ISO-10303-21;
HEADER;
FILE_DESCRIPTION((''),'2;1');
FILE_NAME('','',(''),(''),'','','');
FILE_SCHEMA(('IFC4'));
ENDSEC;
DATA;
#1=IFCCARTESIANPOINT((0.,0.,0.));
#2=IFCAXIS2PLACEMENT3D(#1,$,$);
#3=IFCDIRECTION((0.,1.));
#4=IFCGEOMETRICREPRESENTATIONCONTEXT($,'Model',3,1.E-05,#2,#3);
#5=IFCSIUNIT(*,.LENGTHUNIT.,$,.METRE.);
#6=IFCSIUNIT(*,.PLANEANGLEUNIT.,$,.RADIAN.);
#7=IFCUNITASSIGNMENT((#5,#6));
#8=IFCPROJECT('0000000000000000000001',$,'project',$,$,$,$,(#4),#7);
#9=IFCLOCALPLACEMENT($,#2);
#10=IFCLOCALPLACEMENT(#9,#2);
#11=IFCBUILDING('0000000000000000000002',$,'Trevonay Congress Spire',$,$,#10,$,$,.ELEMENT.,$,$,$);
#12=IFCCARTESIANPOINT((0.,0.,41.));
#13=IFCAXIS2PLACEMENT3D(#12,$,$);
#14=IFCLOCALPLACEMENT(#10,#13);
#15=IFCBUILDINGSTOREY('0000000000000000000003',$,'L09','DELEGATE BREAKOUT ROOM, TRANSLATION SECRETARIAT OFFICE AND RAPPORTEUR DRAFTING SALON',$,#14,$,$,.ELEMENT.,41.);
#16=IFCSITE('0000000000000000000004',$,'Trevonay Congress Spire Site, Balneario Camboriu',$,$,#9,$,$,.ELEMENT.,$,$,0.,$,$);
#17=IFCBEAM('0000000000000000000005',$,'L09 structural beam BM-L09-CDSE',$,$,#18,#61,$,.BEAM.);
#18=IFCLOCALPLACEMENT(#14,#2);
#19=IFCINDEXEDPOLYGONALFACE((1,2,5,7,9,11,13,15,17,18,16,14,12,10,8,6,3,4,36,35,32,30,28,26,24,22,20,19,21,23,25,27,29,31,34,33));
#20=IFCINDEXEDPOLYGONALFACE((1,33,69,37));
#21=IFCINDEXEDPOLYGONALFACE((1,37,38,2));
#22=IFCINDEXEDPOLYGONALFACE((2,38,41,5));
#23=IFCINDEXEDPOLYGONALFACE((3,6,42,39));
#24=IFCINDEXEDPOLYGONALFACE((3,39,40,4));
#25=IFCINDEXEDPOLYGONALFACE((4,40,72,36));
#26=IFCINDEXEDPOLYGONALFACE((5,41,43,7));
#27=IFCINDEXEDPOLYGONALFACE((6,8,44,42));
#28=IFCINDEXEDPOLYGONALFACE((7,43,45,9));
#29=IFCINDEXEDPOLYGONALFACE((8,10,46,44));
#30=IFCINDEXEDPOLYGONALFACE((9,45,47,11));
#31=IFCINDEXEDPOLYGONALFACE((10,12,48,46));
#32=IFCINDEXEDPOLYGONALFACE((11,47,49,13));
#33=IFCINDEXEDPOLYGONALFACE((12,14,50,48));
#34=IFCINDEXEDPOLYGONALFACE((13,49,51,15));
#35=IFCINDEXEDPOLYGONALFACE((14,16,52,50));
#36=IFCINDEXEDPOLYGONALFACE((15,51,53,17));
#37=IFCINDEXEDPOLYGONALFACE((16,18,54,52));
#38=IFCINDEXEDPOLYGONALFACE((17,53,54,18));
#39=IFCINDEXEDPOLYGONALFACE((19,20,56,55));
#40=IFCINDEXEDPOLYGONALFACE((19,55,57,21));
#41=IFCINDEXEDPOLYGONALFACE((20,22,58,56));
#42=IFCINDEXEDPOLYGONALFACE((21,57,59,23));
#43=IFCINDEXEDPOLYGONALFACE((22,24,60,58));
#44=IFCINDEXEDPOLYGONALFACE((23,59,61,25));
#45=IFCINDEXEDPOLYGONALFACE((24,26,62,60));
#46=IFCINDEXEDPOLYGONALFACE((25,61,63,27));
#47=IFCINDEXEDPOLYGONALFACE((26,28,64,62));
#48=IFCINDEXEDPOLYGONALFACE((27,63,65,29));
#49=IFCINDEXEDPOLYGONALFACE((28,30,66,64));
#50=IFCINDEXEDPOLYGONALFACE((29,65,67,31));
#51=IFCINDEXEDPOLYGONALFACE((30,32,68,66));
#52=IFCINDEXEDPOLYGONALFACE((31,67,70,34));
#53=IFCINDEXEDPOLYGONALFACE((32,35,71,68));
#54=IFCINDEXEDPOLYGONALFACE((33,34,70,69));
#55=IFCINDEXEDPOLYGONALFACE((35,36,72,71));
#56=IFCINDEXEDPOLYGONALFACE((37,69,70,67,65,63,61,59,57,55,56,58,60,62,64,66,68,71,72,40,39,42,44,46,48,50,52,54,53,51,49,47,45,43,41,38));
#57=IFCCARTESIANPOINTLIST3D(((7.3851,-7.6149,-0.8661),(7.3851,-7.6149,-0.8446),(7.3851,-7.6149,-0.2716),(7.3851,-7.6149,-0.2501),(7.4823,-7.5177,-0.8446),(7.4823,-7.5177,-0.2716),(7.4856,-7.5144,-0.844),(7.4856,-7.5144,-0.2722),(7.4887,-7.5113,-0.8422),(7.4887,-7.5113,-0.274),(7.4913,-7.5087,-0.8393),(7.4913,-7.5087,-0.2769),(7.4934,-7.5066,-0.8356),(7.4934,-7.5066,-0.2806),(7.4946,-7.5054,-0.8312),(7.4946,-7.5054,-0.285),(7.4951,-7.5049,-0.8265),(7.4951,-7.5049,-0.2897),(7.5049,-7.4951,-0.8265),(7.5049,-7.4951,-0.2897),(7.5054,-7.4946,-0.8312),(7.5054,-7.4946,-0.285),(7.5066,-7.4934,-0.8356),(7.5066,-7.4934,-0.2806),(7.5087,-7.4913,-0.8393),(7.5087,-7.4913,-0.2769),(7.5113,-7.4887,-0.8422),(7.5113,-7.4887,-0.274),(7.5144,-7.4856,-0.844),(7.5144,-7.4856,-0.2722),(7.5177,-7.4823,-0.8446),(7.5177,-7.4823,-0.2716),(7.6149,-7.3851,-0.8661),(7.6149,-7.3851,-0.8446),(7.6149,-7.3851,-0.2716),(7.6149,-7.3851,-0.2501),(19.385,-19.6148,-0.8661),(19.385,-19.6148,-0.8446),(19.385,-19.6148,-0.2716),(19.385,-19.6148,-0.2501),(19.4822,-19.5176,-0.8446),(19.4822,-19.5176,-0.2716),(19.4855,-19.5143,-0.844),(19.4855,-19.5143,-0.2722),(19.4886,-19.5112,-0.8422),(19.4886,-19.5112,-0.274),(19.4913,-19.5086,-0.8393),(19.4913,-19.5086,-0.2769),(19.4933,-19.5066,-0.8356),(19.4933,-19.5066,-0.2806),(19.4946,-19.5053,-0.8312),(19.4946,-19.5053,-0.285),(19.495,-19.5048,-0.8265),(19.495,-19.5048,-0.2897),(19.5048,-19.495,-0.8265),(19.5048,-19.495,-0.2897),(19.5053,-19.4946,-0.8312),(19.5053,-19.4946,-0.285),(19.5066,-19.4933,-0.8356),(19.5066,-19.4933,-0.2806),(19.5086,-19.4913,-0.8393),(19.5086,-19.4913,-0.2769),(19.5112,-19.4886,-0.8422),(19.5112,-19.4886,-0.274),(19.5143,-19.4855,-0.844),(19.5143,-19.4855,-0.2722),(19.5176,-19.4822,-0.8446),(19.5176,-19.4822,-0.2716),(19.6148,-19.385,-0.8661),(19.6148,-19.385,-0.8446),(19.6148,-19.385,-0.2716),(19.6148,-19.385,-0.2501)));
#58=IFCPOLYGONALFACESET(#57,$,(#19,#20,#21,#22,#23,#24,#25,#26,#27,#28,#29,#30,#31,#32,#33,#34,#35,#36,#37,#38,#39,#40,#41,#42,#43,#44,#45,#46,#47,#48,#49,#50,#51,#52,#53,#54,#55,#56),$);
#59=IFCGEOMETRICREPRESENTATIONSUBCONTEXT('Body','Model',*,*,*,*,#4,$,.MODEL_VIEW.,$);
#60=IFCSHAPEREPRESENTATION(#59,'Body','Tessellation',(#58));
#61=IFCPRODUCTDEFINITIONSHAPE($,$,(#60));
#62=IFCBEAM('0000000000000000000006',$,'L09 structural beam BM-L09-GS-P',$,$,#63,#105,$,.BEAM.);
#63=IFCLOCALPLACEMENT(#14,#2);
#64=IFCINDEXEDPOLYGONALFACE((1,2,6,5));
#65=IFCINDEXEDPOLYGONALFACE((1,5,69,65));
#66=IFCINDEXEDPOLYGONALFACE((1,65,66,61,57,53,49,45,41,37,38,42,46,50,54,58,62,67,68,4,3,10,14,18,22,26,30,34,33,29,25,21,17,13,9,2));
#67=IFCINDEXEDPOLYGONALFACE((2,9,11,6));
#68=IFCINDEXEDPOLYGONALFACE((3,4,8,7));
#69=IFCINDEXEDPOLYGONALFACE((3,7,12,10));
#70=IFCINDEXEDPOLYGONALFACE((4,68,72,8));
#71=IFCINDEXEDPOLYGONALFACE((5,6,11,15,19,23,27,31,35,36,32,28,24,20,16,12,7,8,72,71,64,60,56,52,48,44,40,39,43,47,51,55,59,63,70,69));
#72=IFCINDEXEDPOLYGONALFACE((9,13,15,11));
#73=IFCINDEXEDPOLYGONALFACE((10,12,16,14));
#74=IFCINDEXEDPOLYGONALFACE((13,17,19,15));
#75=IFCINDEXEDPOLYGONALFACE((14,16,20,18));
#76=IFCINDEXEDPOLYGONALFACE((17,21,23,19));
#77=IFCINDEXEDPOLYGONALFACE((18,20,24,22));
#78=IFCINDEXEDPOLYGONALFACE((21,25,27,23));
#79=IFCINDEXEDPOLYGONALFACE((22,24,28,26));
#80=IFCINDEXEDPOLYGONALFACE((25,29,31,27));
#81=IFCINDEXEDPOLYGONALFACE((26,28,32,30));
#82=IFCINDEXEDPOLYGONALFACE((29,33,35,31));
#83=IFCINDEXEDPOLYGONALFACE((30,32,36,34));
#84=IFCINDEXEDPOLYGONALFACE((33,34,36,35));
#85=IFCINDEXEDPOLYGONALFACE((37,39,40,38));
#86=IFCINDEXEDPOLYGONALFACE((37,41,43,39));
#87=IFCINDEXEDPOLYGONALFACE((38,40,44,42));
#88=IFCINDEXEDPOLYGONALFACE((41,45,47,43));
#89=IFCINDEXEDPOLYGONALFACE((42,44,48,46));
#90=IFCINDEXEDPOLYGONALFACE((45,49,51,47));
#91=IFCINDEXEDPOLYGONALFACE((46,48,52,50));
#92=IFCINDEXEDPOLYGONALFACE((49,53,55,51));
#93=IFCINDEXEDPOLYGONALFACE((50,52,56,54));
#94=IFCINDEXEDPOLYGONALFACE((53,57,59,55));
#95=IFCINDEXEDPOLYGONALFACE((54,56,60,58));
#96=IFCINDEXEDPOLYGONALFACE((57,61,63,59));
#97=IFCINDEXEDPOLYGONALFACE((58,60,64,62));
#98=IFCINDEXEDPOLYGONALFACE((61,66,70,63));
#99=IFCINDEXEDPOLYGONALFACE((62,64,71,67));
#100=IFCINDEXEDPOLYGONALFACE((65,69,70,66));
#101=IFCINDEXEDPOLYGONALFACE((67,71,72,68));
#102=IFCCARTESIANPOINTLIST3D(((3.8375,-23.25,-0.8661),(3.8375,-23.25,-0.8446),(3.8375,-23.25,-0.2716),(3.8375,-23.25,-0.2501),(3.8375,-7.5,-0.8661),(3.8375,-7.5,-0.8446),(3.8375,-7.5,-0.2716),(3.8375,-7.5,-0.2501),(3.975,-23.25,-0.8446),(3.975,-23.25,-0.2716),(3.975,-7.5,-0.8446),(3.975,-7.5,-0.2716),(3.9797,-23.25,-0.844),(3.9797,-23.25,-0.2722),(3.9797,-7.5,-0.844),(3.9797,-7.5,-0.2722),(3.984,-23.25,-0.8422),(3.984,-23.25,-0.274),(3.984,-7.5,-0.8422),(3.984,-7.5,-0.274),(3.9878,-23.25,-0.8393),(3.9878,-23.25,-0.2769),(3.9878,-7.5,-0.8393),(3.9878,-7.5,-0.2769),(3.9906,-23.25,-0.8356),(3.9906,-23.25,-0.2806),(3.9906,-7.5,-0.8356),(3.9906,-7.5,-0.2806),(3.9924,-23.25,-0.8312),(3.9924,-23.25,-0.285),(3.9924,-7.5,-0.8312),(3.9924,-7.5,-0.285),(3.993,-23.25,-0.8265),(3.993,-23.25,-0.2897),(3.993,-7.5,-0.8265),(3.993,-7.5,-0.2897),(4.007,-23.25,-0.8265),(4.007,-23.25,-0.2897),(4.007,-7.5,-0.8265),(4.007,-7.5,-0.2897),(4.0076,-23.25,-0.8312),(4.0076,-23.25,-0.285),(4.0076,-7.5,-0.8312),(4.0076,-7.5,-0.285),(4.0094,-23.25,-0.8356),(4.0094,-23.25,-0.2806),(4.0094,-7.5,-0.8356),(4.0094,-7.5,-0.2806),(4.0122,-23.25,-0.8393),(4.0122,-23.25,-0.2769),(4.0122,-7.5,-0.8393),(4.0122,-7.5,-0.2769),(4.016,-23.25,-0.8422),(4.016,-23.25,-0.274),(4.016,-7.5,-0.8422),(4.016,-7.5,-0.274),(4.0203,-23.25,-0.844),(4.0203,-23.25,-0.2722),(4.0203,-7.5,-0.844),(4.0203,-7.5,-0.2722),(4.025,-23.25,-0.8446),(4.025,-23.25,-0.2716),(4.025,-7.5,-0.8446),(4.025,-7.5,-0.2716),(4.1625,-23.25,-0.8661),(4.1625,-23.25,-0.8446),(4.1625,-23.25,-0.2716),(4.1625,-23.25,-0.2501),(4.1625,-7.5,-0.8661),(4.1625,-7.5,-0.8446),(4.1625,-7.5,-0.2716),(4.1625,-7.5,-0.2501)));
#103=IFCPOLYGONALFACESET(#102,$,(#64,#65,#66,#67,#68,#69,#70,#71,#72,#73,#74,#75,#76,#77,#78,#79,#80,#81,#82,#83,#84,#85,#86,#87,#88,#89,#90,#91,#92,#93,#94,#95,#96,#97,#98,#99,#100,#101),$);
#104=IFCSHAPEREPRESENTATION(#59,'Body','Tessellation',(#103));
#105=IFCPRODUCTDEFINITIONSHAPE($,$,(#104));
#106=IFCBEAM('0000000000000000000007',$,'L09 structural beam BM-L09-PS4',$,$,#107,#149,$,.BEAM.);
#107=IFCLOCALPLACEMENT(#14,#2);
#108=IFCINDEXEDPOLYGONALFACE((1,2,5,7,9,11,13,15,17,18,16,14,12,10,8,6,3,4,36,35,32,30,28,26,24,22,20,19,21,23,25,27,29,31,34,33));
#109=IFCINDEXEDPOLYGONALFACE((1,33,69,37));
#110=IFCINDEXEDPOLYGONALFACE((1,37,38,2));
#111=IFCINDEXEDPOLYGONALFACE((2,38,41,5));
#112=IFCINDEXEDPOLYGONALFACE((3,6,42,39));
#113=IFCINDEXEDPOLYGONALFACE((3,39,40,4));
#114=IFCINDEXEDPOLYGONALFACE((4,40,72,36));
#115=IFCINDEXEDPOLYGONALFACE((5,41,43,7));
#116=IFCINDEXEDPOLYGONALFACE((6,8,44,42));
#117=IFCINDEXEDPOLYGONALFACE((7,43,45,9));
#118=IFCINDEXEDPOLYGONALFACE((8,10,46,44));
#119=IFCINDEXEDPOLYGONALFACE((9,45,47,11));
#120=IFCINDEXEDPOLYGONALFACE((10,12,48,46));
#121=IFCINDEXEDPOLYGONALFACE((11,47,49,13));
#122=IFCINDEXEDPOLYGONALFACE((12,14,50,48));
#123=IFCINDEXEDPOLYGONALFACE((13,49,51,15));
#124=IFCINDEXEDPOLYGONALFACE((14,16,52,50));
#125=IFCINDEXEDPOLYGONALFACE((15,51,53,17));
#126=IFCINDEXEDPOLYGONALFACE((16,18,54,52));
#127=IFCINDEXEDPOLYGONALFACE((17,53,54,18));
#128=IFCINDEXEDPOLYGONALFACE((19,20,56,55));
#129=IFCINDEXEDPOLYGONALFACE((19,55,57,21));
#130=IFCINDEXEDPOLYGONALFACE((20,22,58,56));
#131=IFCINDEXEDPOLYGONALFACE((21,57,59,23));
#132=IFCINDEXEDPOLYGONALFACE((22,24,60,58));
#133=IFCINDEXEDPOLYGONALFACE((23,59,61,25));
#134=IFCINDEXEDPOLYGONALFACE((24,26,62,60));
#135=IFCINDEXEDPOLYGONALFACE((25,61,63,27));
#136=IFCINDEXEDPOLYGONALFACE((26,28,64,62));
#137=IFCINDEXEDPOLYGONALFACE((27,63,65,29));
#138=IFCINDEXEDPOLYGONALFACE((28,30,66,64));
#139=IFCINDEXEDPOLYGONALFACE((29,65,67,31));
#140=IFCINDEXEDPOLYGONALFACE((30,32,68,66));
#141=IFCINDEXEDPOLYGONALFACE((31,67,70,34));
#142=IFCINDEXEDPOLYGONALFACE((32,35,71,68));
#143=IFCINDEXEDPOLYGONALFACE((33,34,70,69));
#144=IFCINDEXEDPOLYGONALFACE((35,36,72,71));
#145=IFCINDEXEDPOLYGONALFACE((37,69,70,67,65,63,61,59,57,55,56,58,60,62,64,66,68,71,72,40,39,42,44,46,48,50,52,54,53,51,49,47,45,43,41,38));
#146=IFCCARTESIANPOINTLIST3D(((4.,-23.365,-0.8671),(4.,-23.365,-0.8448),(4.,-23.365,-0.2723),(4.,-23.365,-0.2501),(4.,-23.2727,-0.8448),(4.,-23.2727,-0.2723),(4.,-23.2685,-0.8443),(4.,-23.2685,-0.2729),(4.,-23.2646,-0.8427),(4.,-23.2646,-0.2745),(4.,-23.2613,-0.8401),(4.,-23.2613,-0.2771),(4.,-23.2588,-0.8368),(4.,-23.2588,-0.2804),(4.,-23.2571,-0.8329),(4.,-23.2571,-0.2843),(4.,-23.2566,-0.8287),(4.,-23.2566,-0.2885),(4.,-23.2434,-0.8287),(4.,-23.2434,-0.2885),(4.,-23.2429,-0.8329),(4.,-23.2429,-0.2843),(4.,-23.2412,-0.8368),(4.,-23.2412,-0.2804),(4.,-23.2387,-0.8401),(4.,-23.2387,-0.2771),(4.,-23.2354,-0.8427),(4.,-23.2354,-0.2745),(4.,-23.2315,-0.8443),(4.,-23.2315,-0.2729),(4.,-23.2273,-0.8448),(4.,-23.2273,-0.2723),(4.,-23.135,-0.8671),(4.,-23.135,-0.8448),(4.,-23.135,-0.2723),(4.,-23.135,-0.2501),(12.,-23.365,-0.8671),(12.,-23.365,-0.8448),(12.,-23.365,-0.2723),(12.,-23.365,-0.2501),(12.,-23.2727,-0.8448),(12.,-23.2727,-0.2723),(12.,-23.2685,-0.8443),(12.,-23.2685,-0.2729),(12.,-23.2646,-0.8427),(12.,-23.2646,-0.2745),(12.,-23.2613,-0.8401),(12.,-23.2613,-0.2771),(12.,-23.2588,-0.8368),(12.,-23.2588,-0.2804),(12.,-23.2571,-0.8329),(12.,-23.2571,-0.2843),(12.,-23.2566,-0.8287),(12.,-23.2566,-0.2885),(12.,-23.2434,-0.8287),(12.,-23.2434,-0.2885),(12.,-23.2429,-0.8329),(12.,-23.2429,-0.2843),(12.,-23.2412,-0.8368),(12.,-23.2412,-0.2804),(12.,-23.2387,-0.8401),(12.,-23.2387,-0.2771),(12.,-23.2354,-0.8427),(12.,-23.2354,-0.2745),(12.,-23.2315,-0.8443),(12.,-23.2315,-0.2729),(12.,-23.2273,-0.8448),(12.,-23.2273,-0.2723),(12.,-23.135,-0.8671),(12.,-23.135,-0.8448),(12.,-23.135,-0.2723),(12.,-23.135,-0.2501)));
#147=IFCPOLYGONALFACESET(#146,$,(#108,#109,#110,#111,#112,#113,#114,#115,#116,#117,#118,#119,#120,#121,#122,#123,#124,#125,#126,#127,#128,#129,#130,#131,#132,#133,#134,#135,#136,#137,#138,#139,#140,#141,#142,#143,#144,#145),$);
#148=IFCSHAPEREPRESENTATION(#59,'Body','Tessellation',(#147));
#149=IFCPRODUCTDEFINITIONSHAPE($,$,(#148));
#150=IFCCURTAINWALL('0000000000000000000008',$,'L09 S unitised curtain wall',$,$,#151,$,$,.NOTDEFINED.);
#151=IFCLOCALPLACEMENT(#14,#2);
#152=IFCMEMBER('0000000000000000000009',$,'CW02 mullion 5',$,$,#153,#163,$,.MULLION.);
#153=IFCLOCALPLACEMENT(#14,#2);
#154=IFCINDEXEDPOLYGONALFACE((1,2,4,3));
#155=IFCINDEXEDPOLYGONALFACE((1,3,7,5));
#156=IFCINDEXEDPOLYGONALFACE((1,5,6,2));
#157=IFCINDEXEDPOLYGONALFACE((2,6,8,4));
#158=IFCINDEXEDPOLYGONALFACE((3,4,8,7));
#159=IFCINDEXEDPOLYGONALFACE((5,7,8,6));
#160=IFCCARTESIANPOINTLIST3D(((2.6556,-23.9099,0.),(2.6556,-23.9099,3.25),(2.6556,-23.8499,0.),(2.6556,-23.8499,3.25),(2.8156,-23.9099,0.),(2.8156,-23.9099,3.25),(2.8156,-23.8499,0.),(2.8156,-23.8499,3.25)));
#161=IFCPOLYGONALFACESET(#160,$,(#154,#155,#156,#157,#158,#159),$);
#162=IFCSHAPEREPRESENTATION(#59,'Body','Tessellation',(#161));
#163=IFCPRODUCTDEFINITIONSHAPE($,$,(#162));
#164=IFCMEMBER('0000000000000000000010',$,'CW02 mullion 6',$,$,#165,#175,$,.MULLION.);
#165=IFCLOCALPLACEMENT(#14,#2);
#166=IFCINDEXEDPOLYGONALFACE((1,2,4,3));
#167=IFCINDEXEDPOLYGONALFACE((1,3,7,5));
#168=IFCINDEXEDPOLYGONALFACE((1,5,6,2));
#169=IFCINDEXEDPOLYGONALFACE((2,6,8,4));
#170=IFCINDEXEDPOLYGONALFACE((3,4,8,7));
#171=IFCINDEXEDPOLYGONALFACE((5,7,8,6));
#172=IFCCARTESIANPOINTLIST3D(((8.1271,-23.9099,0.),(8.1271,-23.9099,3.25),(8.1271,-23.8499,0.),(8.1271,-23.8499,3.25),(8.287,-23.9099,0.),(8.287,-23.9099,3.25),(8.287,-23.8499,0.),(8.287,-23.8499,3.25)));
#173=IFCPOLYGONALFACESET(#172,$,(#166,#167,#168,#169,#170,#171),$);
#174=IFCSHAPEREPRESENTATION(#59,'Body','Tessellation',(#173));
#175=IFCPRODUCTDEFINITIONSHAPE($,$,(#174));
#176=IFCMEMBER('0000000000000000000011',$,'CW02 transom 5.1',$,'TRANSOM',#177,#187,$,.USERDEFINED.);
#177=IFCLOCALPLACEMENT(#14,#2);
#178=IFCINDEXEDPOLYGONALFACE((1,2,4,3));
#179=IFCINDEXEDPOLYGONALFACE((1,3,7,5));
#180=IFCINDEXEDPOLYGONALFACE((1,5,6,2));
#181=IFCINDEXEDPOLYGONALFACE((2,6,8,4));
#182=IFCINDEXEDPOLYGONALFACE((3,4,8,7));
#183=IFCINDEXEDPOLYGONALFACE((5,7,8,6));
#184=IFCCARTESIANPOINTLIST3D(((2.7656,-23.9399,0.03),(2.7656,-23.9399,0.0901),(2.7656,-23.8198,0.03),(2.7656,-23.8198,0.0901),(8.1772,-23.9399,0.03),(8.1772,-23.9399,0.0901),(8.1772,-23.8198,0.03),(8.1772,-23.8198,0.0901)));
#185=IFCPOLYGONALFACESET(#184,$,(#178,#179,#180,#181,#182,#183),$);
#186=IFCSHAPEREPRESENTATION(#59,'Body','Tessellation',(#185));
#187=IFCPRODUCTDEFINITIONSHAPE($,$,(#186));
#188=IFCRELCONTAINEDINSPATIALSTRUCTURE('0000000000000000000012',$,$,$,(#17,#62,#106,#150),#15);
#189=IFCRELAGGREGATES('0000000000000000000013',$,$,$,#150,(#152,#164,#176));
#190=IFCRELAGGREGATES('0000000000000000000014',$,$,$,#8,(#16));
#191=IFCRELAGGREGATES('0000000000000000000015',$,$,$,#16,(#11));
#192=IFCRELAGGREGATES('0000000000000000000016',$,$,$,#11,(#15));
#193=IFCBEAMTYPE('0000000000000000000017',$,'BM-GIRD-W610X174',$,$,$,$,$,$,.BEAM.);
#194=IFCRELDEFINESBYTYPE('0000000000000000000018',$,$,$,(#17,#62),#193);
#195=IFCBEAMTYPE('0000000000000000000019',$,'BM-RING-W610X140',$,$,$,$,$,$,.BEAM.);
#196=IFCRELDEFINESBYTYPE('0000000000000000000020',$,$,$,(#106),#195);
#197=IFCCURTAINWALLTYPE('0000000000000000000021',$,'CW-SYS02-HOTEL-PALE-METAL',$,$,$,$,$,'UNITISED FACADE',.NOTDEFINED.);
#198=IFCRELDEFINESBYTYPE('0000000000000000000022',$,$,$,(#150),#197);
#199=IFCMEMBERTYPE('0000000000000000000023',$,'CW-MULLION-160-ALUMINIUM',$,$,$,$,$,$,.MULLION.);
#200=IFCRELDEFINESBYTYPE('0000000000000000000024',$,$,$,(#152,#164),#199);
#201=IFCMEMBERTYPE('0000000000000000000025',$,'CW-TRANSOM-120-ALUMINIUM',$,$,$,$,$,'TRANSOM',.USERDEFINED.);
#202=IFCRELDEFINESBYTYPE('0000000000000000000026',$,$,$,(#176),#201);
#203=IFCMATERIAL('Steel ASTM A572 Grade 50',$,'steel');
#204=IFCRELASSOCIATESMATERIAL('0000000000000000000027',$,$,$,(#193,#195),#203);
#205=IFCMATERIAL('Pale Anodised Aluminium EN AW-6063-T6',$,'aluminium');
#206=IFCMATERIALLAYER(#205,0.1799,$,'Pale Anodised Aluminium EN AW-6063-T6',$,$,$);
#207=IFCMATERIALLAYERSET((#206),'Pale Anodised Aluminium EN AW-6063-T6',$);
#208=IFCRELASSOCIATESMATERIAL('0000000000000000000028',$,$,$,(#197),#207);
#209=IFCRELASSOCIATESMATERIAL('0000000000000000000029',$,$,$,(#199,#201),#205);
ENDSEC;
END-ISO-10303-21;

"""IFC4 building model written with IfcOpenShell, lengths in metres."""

from ifc_helpers import new_model, si_unit, direction, frame, origin, origin_2d, place, context, subcontext, project, spatial, rectangle, i_section, extrude, material, layer, layer_set, material_profile, profile_set, type_object, element, aggregate, save


model = new_model("IFC4")

# Units and contexts
model_context = context("Model", 3, precision=1e-05, world=origin(), true_north=direction((0.0, 1.0)))
body_context = subcontext(model_context, "Body", "Model", "MODEL_VIEW")
ifc_project = project(units=[si_unit("LENGTHUNIT", "METRE"), si_unit("PLANEANGLEUNIT", "RADIAN")], contexts=[model_context])

# Site, building, storey
site_placement = place(None, origin())
site = spatial("IfcSite", under=ifc_project, at=site_placement, Name="Trevonay Congress Spire Site, Balneario Camboriu", CompositionType="ELEMENT", RefElevation=0.0)
building_placement = place(site_placement, origin())
building = spatial("IfcBuilding", under=site, at=building_placement, Name="Trevonay Congress Spire", CompositionType="ELEMENT")
storey_placement = place(building_placement, frame((0.0, 0.0, 41.0)))
storey = spatial("IfcBuildingStorey", under=building, at=storey_placement, Name="L09", Description="DELEGATE BREAKOUT ROOM, TRANSLATION SECRETARIAT OFFICE AND RAPPORTEUR DRAFTING SALON", CompositionType="ELEMENT", Elevation=41.0)

# Shared definitions
ifc_material_1 = material(Name="Steel ASTM A572 Grade 50", Category="steel")

# Beams
ifc_material_profile_1 = material_profile(ifc_material_1, i_section(OverallWidth=0.325, OverallDepth=0.616, WebThickness=0.0139, FlangeThickness=0.0215, FilletRadius=0.0181, at=origin_2d()), Name="W610x174")
ifc_profile_set_1 = profile_set([ifc_material_profile_1], Name="Steel ASTM A572 Grade 50")
beam_type_1 = type_object("IfcBeamType", Name="BM-GIRD-W610X174", PredefinedType="BEAM", material=ifc_profile_set_1)
beam_1_placement = place(storey_placement, frame((7.5, -7.5, -0.5581), z_axis=(0.707107, -0.707107, 0.0), x_axis=(0.707107, 0.707107, 0.0)))
element("IfcBeam", 1, at=beam_1_placement, inside=storey, type_object=beam_type_1, Name="L09 structural beam BM-L09-CDSE", PredefinedType="BEAM", context=body_context, shape_type="SweptSolid", body=[
    extrude(i_section(OverallWidth=0.325, OverallDepth=0.616, WebThickness=0.0139, FlangeThickness=0.0215, FilletRadius=0.0181, at=origin_2d()), origin(), (0.0, 0.0, 1.0), 16.9705),
])
beam_2_placement = place(storey_placement, frame((4.0, -7.5, -0.5581), z_axis=(0.0, -1.0, 0.0), x_axis=(1.0, 0.0, 0.0)))
element("IfcBeam", 2, at=beam_2_placement, inside=storey, type_object=beam_type_1, Name="L09 structural beam BM-L09-GS-P", PredefinedType="BEAM", context=body_context, shape_type="SweptSolid", body=[
    extrude(i_section(OverallWidth=0.325, OverallDepth=0.616, WebThickness=0.0139, FlangeThickness=0.0215, FilletRadius=0.0181, at=origin_2d()), origin(), (0.0, 0.0, 1.0), 15.75),
])
ifc_material_profile_2 = material_profile(ifc_material_1, i_section(OverallWidth=0.23, OverallDepth=0.6169, WebThickness=0.0132, FlangeThickness=0.0222, FilletRadius=0.0161, at=origin_2d()), Name="W610x140")
ifc_profile_set_2 = profile_set([ifc_material_profile_2], Name="Steel ASTM A572 Grade 50")
beam_type_2 = type_object("IfcBeamType", Name="BM-RING-W610X140", PredefinedType="BEAM", material=ifc_profile_set_2)
beam_3_placement = place(storey_placement, frame((4.0, -23.25, -0.5586), z_axis=(1.0, 0.0, 0.0), x_axis=(0.0, 1.0, 0.0)))
element("IfcBeam", 3, at=beam_3_placement, inside=storey, type_object=beam_type_2, Name="L09 structural beam BM-L09-PS4", PredefinedType="BEAM", context=body_context, shape_type="SweptSolid", body=[
    extrude(i_section(OverallWidth=0.23, OverallDepth=0.6169, WebThickness=0.0132, FlangeThickness=0.0222, FilletRadius=0.0161, at=origin_2d()), origin(), (0.0, 0.0, 1.0), 8.0),
])

# Curtain wall, members
ifc_material_2 = material(Name="Pale Anodised Aluminium EN AW-6063-T6", Category="aluminium")
ifc_layer_1 = layer(ifc_material_2, 0.1799, Name="Pale Anodised Aluminium EN AW-6063-T6")
ifc_layer_set_1 = layer_set([ifc_layer_1], Name="Pale Anodised Aluminium EN AW-6063-T6")
curtain_wall_type = type_object("IfcCurtainWallType", Name="CW-SYS02-HOTEL-PALE-METAL", ElementType="UNITISED FACADE", PredefinedType="NOTDEFINED", material=ifc_layer_set_1)
curtain_wall_placement = place(storey_placement, origin())
curtain_wall = element("IfcCurtainWall", 4, at=curtain_wall_placement, inside=storey, type_object=curtain_wall_type, Name="L09 S unitised curtain wall", PredefinedType="NOTDEFINED")
ifc_material_profile_3 = material_profile(ifc_material_2, rectangle(XDim=0.0601, YDim=0.1599, at=origin_2d()), Name="CW-MULLION-160-ALUMINIUM")
ifc_profile_set_3 = profile_set([ifc_material_profile_3], Name="Pale Anodised Aluminium EN AW-6063-T6")
member_type_1 = type_object("IfcMemberType", Name="CW-MULLION-160-ALUMINIUM", PredefinedType="MULLION", material=ifc_profile_set_3)
member_1_placement = place(storey_placement, frame((2.7356, -23.8799, 0.0), z_axis=(0.0, 0.0, 1.0), x_axis=(0.0, 1.0, 0.0)))
member_1 = element("IfcMember", 5, at=member_1_placement, type_object=member_type_1, Name="CW02 mullion 5", PredefinedType="MULLION", context=body_context, shape_type="SweptSolid", body=[
    extrude(rectangle(XDim=0.0601, YDim=0.1599, at=origin_2d()), origin(), (0.0, 0.0, 1.0), 3.25),
])
member_2_placement = place(storey_placement, frame((8.207, -23.8799, 0.0), z_axis=(0.0, 0.0, 1.0), x_axis=(0.0, 1.0, 0.0)))
member_2 = element("IfcMember", 6, at=member_2_placement, type_object=member_type_1, Name="CW02 mullion 6", PredefinedType="MULLION", context=body_context, shape_type="SweptSolid", body=[
    extrude(rectangle(XDim=0.0601, YDim=0.1599, at=origin_2d()), origin(), (0.0, 0.0, 1.0), 3.25),
])
ifc_material_profile_4 = material_profile(ifc_material_2, rectangle(XDim=0.1201, YDim=0.0601, at=origin_2d()), Name="CW-TRANSOM-120-ALUMINIUM")
ifc_profile_set_4 = profile_set([ifc_material_profile_4], Name="Pale Anodised Aluminium EN AW-6063-T6")
member_type_2 = type_object("IfcMemberType", Name="CW-TRANSOM-120-ALUMINIUM", ElementType="TRANSOM", PredefinedType="USERDEFINED", material=ifc_profile_set_4)
member_3_placement = place(storey_placement, frame((2.7656, -23.8799, 0.0601), z_axis=(1.0, 0.0, 0.0), x_axis=(0.0, 1.0, 0.0)))
member_3 = element("IfcMember", 7, at=member_3_placement, type_object=member_type_2, Name="CW02 transom 5.1", ObjectType="TRANSOM", PredefinedType="USERDEFINED", context=body_context, shape_type="SweptSolid", body=[
    extrude(rectangle(XDim=0.1201, YDim=0.0601, at=origin_2d()), origin(), (0.0, 0.0, 1.0), 5.4116),
])
aggregate(curtain_wall, [member_1, member_2, member_3])

save(model, "model.ifc")
